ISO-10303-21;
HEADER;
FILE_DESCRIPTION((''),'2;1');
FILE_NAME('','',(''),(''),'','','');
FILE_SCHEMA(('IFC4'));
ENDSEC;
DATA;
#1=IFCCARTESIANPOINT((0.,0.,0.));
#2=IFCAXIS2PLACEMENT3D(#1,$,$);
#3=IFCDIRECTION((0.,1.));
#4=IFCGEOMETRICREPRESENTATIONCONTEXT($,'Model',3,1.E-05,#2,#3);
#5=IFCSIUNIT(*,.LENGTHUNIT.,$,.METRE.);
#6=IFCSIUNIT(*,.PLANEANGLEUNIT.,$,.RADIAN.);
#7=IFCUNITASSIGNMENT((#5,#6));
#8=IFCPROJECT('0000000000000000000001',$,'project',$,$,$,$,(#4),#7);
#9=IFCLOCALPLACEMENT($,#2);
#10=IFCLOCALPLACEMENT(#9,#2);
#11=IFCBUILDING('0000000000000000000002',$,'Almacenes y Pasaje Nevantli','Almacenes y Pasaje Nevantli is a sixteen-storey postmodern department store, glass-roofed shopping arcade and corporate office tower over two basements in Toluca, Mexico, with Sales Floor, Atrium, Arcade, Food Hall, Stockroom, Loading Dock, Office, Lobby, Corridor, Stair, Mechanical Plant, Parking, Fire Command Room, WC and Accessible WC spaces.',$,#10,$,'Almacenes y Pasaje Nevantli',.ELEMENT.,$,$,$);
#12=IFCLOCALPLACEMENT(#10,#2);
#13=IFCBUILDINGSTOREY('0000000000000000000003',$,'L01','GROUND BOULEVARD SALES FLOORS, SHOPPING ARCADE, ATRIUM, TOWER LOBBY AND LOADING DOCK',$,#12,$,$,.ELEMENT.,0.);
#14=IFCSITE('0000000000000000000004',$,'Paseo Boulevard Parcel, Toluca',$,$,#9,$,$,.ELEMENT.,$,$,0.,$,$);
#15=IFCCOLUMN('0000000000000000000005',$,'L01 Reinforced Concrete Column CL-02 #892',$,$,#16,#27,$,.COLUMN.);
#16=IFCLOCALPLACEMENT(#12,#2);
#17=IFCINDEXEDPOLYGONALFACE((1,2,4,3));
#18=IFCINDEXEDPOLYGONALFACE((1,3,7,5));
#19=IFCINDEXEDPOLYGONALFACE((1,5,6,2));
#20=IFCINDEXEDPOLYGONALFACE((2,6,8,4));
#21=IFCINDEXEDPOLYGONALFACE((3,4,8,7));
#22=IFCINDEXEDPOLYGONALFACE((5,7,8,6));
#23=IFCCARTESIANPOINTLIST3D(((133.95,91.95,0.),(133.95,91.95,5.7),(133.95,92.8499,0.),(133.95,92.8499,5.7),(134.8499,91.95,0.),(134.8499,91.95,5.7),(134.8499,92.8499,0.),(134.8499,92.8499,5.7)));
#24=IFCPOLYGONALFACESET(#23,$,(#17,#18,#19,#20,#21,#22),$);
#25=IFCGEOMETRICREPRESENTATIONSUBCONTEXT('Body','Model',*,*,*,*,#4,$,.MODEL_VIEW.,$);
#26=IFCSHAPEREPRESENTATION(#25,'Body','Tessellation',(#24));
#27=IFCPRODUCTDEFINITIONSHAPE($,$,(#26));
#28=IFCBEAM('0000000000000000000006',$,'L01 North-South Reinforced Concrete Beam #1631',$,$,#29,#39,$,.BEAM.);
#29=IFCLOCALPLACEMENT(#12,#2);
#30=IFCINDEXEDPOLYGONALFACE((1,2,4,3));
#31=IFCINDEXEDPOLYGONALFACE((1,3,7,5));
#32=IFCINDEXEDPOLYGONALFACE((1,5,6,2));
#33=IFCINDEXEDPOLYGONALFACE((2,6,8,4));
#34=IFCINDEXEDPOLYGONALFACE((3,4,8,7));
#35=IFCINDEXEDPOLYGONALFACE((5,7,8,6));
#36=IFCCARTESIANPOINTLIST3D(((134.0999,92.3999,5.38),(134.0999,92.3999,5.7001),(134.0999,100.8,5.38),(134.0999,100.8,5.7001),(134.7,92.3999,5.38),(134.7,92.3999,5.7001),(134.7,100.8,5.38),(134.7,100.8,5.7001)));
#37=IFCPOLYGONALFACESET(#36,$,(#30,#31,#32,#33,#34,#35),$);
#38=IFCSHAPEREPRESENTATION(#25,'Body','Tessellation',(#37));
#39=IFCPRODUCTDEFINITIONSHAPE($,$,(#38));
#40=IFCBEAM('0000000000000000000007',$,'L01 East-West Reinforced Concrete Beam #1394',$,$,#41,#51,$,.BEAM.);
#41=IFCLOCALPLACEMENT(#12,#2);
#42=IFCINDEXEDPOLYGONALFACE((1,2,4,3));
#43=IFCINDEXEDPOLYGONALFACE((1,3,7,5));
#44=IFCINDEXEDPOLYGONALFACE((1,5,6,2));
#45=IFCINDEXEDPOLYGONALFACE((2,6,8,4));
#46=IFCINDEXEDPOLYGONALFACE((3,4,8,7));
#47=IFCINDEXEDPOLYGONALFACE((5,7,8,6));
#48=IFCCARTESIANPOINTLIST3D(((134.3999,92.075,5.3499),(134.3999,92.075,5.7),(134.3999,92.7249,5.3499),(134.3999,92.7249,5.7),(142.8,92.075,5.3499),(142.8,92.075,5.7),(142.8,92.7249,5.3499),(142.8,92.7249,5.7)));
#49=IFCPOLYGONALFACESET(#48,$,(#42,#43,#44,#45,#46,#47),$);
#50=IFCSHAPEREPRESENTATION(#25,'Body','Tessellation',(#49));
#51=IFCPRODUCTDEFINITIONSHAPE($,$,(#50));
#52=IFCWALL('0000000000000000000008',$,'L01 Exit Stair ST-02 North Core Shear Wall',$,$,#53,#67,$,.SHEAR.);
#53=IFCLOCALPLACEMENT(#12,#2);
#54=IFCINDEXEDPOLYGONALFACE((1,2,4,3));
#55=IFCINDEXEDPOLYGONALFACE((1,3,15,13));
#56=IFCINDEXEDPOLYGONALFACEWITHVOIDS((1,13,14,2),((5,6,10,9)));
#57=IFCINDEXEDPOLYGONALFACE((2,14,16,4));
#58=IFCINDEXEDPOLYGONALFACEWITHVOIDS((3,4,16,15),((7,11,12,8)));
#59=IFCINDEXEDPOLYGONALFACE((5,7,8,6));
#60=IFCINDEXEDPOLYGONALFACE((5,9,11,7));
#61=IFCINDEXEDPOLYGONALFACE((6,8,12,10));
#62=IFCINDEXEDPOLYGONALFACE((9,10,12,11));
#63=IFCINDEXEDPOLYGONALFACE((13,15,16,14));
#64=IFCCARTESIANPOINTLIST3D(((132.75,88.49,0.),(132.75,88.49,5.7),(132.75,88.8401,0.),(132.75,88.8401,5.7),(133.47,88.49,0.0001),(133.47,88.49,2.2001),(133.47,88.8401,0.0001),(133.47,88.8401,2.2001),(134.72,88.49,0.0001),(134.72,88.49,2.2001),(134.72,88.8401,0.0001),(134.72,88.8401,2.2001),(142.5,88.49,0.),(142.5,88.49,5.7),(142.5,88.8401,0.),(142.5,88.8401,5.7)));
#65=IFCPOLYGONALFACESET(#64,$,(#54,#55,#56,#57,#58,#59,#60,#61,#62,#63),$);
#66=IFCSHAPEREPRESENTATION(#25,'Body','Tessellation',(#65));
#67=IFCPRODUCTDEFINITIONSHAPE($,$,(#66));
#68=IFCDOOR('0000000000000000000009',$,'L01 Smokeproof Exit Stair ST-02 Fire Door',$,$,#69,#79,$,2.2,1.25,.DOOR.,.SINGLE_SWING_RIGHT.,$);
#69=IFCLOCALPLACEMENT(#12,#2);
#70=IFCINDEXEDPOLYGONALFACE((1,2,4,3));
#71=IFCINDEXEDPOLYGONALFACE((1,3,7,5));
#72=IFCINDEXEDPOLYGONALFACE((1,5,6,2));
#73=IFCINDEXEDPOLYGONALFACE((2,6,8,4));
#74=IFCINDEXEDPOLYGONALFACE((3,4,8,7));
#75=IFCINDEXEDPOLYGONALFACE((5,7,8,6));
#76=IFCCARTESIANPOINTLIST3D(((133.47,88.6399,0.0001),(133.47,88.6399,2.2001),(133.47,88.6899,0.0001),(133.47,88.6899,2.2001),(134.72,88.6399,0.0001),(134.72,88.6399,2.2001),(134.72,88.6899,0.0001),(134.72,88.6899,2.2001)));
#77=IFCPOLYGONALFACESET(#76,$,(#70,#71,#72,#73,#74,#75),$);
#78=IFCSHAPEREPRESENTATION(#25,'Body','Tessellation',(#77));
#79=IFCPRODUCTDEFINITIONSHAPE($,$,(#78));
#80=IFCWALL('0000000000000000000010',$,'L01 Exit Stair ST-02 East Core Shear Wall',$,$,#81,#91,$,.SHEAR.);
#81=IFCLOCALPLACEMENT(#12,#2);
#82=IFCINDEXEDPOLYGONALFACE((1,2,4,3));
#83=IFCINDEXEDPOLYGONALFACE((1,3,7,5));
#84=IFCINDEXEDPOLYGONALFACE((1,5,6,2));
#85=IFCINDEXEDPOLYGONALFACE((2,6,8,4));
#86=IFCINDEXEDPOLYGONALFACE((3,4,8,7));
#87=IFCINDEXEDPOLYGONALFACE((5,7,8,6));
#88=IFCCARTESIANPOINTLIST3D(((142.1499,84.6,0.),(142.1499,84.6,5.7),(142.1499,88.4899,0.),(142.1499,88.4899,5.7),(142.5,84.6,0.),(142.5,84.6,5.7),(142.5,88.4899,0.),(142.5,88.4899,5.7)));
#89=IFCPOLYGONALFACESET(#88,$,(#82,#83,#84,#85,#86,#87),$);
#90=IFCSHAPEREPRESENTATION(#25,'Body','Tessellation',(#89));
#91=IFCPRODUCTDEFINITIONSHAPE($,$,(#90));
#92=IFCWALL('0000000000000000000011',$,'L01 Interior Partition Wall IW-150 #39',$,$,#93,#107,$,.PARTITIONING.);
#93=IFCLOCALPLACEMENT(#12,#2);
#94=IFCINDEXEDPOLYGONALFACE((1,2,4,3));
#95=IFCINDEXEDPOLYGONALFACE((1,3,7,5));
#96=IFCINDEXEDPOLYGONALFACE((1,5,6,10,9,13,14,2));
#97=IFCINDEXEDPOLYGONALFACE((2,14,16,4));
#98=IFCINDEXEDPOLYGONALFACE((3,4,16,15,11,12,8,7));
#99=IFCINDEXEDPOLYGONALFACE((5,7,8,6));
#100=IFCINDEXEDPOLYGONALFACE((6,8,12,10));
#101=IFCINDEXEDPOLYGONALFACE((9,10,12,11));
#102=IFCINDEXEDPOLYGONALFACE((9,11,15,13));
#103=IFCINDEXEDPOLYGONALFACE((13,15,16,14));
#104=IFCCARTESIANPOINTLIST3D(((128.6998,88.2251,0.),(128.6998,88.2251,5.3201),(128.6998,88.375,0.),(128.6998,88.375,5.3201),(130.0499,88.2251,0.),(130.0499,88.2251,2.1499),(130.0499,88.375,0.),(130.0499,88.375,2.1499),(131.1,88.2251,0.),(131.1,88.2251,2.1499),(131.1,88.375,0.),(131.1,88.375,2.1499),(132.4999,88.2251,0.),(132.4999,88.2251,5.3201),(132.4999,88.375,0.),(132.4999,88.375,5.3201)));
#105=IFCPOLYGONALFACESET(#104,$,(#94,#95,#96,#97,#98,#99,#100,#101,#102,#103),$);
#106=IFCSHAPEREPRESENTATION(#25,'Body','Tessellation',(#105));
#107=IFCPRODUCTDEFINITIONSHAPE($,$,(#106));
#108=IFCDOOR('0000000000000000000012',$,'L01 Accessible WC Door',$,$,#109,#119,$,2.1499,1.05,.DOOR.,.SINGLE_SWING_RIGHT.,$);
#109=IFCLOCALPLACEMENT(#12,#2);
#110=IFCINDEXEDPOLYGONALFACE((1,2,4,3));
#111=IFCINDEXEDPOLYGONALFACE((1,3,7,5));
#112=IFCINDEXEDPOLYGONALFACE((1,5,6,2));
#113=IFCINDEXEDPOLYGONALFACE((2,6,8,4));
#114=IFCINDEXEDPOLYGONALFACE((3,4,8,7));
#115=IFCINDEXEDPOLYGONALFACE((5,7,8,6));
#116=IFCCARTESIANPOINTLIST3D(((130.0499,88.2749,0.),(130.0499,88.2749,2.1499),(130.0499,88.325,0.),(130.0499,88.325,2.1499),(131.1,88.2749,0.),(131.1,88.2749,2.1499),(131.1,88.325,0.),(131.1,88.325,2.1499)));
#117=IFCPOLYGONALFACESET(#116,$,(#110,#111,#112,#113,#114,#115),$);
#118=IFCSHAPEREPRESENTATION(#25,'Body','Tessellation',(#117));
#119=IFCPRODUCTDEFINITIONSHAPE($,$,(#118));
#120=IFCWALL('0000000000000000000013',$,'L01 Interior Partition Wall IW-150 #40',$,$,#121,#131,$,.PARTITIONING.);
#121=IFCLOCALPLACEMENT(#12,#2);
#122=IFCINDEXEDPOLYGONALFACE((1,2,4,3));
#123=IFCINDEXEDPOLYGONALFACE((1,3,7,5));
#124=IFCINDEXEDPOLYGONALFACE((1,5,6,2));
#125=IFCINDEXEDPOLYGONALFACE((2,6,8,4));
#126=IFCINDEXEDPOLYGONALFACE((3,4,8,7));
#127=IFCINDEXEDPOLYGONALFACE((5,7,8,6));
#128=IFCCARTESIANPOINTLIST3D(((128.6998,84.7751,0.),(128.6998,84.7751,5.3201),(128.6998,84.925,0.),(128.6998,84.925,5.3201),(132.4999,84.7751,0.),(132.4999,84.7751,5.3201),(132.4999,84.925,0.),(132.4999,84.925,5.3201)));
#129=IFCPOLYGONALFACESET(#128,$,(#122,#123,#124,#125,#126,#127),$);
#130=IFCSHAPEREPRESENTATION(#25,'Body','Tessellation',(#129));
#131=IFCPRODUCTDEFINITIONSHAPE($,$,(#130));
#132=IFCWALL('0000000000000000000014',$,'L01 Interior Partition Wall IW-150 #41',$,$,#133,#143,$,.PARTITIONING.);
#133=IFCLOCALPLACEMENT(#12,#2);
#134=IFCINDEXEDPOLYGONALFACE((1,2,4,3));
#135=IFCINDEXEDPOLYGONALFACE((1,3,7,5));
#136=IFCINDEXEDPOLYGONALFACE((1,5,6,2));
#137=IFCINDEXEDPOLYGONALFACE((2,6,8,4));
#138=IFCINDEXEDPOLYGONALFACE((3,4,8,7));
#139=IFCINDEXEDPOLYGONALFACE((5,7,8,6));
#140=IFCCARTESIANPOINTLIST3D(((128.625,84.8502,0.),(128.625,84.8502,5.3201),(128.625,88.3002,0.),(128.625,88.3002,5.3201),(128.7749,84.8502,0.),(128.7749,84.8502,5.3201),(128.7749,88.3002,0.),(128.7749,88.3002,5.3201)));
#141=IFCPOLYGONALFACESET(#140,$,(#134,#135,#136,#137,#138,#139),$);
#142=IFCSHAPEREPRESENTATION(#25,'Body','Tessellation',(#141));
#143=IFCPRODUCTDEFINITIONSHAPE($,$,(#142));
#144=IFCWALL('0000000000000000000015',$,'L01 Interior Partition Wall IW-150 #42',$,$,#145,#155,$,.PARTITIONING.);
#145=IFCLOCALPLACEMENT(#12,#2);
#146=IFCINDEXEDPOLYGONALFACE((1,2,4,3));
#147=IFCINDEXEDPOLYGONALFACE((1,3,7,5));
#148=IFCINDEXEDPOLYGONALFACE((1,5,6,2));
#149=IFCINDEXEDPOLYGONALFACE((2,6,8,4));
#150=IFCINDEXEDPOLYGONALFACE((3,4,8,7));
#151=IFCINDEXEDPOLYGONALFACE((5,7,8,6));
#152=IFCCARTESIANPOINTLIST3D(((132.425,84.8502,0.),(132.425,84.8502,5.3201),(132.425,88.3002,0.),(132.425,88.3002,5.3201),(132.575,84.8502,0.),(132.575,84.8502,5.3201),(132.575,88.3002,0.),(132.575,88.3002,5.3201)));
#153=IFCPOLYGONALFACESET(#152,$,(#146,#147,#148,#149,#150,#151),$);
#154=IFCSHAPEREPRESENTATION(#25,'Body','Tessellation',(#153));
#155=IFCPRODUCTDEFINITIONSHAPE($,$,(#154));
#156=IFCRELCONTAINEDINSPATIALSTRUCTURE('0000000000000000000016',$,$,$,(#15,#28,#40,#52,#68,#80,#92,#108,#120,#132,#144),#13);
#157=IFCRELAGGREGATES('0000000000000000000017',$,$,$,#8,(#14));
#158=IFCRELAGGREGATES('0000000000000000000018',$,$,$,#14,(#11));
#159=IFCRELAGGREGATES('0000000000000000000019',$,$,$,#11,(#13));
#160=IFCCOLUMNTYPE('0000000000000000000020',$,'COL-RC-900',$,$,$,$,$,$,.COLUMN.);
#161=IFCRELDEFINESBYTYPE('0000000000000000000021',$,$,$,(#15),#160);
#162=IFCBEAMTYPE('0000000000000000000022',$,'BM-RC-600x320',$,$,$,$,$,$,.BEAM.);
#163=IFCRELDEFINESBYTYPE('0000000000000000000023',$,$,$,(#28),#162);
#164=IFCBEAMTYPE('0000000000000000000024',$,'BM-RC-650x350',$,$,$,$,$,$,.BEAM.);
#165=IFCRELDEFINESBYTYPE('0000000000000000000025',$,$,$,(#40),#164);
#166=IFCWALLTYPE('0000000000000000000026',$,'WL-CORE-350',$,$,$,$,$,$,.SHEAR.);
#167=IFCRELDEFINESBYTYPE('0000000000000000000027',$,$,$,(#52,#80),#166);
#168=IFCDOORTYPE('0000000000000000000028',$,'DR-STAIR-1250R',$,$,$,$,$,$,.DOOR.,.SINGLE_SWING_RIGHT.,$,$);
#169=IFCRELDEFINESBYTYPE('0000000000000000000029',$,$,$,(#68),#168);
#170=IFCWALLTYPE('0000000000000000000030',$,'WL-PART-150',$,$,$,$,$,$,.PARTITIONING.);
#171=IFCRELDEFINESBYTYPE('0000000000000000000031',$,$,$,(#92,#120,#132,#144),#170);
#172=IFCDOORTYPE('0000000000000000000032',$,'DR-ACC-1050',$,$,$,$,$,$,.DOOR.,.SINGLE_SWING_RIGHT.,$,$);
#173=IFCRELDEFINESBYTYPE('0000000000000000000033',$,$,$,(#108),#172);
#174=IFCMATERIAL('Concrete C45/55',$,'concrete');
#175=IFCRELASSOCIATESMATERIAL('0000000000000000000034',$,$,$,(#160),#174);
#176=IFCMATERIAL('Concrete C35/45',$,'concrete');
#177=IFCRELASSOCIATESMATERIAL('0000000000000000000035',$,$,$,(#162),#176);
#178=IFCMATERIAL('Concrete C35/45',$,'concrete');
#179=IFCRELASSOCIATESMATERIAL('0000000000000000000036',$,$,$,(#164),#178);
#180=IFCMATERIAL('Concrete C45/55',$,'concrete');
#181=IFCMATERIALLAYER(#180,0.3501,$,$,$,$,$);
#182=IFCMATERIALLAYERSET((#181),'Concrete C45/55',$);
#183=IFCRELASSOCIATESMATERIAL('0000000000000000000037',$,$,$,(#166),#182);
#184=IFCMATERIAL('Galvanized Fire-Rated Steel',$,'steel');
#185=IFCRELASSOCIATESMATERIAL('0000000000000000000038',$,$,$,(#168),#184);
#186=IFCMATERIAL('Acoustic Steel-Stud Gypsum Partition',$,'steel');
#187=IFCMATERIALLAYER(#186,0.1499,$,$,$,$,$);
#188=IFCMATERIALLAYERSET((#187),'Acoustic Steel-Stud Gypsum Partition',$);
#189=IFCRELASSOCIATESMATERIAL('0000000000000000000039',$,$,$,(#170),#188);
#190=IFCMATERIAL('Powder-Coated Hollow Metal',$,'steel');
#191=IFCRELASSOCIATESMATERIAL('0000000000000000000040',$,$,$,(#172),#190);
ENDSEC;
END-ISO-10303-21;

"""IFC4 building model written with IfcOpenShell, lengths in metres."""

from ifc_helpers import new_model, si_unit, direction, frame, frame_2d, origin, origin_2d, place, context, subcontext, project, spatial, rectangle, extrude, material, layer, layer_set, material_profile, profile_set, type_object, element, fill, save


model = new_model("IFC4")

# Units and contexts
model_context = context("Model", 3, precision=1e-05, world=origin(), true_north=direction((0.0, 1.0)))
body_context = subcontext(model_context, "Body", "Model", "MODEL_VIEW")
ifc_project = project(units=[si_unit("LENGTHUNIT", "METRE"), si_unit("PLANEANGLEUNIT", "RADIAN")], contexts=[model_context])

# Site, building, storey
site_placement = place(None, origin())
site = spatial("IfcSite", under=ifc_project, at=site_placement, Name="Paseo Boulevard Parcel, Toluca", CompositionType="ELEMENT", RefElevation=0.0)
building_placement = place(site_placement, origin())
building = spatial("IfcBuilding", under=site, at=building_placement, Name="Almacenes y Pasaje Nevantli", Description="Almacenes y Pasaje Nevantli is a sixteen-storey postmodern department store, glass-roofed shopping arcade and corporate office tower over two basements in Toluca, Mexico, with Sales Floor, Atrium, Arcade, Food Hall, Stockroom, Loading Dock, Office, Lobby, Corridor, Stair, Mechanical Plant, Parking, Fire Command Room, WC and Accessible WC spaces.", LongName="Almacenes y Pasaje Nevantli", CompositionType="ELEMENT")
storey_placement = place(building_placement, origin())
storey = spatial("IfcBuildingStorey", under=building, at=storey_placement, Name="L01", Description="GROUND BOULEVARD SALES FLOORS, SHOPPING ARCADE, ATRIUM, TOWER LOBBY AND LOADING DOCK", CompositionType="ELEMENT", Elevation=0.0)

# Column
ifc_material_1 = material(Name="Concrete C45/55", Category="concrete")
ifc_material_profile_1 = material_profile(ifc_material_1, rectangle(XDim=0.8999, YDim=0.8999, at=origin_2d()), Name="RC-COL-900x900")
ifc_profile_set_1 = profile_set([ifc_material_profile_1], Name="Concrete C45/55")
column_type = type_object("IfcColumnType", Name="COL-RC-900", PredefinedType="COLUMN", material=ifc_profile_set_1)
column_placement = place(storey_placement, frame((134.3999, 92.3999, 0.0), z_axis=(0.0, 0.0, 1.0), x_axis=(1.0, 0.0, 0.0)))
element("IfcColumn", 1, at=column_placement, inside=storey, type_object=column_type, Name="L01 Reinforced Concrete Column CL-02 #892", PredefinedType="COLUMN", context=body_context, shape_type="SweptSolid", body=[
    extrude(rectangle(XDim=0.8999, YDim=0.8999, at=origin_2d()), origin(), (0.0, 0.0, 1.0), 5.7),
])

# Beams
ifc_material_2 = material(Name="Concrete C35/45", Category="concrete")
ifc_material_profile_2 = material_profile(ifc_material_2, rectangle(XDim=0.6001, YDim=0.3201, at=origin_2d()), Name="RC-BM-600x320")
ifc_profile_set_2 = profile_set([ifc_material_profile_2], Name="Concrete C35/45")
beam_type_1 = type_object("IfcBeamType", Name="BM-RC-600x320", PredefinedType="BEAM", material=ifc_profile_set_2)
beam_1_placement = place(storey_placement, frame((134.3999, 92.3999, 5.54), z_axis=(0.0, 1.0, 0.0), x_axis=(-1.0, 0.0, 0.0)))
element("IfcBeam", 2, at=beam_1_placement, inside=storey, type_object=beam_type_1, Name="L01 North-South Reinforced Concrete Beam #1631", PredefinedType="BEAM", context=body_context, shape_type="SweptSolid", body=[
    extrude(rectangle(XDim=0.6001, YDim=0.3201, at=origin_2d()), origin(), (0.0, 0.0, 1.0), 8.4001),
])
ifc_material_3 = material(Name="Concrete C35/45", Category="concrete")
ifc_material_profile_3 = material_profile(ifc_material_3, rectangle(XDim=0.6499, YDim=0.3501, at=origin_2d()), Name="RC-BM-650x350")
ifc_profile_set_3 = profile_set([ifc_material_profile_3], Name="Concrete C35/45")
beam_type_2 = type_object("IfcBeamType", Name="BM-RC-650x350", PredefinedType="BEAM", material=ifc_profile_set_3)
beam_2_placement = place(storey_placement, frame((134.3999, 92.3999, 5.5249), z_axis=(1.0, 0.0, 0.0), x_axis=(0.0, 1.0, 0.0)))
element("IfcBeam", 3, at=beam_2_placement, inside=storey, type_object=beam_type_2, Name="L01 East-West Reinforced Concrete Beam #1394", PredefinedType="BEAM", context=body_context, shape_type="SweptSolid", body=[
    extrude(rectangle(XDim=0.6499, YDim=0.3501, at=origin_2d()), origin(), (0.0, 0.0, 1.0), 8.4001),
])

# Wall, opening, door
ifc_material_4 = material(Name="Concrete C45/55", Category="concrete")
ifc_layer_1 = layer(ifc_material_4, 0.3501)
ifc_layer_set_1 = layer_set([ifc_layer_1], Name="Concrete C45/55")
wall_type_1 = type_object("IfcWallType", Name="WL-CORE-350", PredefinedType="SHEAR", material=ifc_layer_set_1)
wall_1_placement = place(storey_placement, frame((132.75, 88.665, 0.0), z_axis=(0.0, 0.0, 1.0), x_axis=(1.0, 0.0, 0.0)))
wall_1 = element("IfcWall", 4, at=wall_1_placement, inside=storey, type_object=wall_type_1, Name="L01 Exit Stair ST-02 North Core Shear Wall", PredefinedType="SHEAR", context=body_context, shape_type="SweptSolid", body=[
    extrude(rectangle(XDim=9.75, YDim=0.3501, at=frame_2d((4.875, 0.0))), origin(), (0.0, 0.0, 1.0), 5.7),
])
opening_1_placement = place(wall_1_placement, frame((0.72, 0.0, 0.0)))
opening_1 = element("IfcOpeningElement", 5, at=opening_1_placement, cuts=wall_1, PredefinedType="OPENING", context=body_context, shape_type="SweptSolid", body=[
    extrude(rectangle(XDim=1.25, YDim=2.2, at=frame_2d((0.625, 1.1001))), frame((0.0, 0.1851, 0.0), z_axis=(0.0, -1.0, 0.0), x_axis=(1.0, 0.0, 0.0)), (0.0, 0.0, 1.0), 0.3701),
])
ifc_material_5 = material(Name="Galvanized Fire-Rated Steel", Category="steel")
door_type_1 = type_object("IfcDoorType", Name="DR-STAIR-1250R", OperationType="SINGLE_SWING_RIGHT", PredefinedType="DOOR", material=ifc_material_5)
door_1_placement = place(opening_1_placement, origin())
door_1 = element("IfcDoor", 6, at=door_1_placement, inside=storey, type_object=door_type_1, Name="L01 Smokeproof Exit Stair ST-02 Fire Door", OperationType="SINGLE_SWING_RIGHT", OverallHeight=2.2, OverallWidth=1.25, PredefinedType="DOOR", context=body_context, shape_type="SweptSolid", body=[
    extrude(rectangle(XDim=1.25, YDim=2.2, at=frame_2d((0.625, 1.1001))), frame((0.0, 0.0249, 0.0), z_axis=(0.0, -1.0, 0.0), x_axis=(1.0, 0.0, 0.0)), (0.0, 0.0, 1.0), 0.05),
])
fill(opening_1, door_1)

# Wall
wall_2_placement = place(storey_placement, frame((142.325, 84.6001, 0.0), z_axis=(0.0, 0.0, 1.0), x_axis=(0.0, 1.0, 0.0)))
element("IfcWall", 7, at=wall_2_placement, inside=storey, type_object=wall_type_1, Name="L01 Exit Stair ST-02 East Core Shear Wall", PredefinedType="SHEAR", context=body_context, shape_type="SweptSolid", body=[
    extrude(rectangle(XDim=3.8899, YDim=0.3501, at=frame_2d((1.9448, 0.0))), origin(), (0.0, 0.0, 1.0), 5.7),
])

# Wall, opening, door
ifc_material_6 = material(Name="Acoustic Steel-Stud Gypsum Partition", Category="steel")
ifc_layer_2 = layer(ifc_material_6, 0.1499)
ifc_layer_set_2 = layer_set([ifc_layer_2], Name="Acoustic Steel-Stud Gypsum Partition")
wall_type_2 = type_object("IfcWallType", Name="WL-PART-150", PredefinedType="PARTITIONING", material=ifc_layer_set_2)
wall_3_placement = place(storey_placement, frame((128.7, 88.3, 0.0), z_axis=(0.0, 0.0, 1.0), x_axis=(1.0, 0.0, 0.0)))
wall_3 = element("IfcWall", 8, at=wall_3_placement, inside=storey, type_object=wall_type_2, Name="L01 Interior Partition Wall IW-150 #39", PredefinedType="PARTITIONING", context=body_context, shape_type="SweptSolid", body=[
    extrude(rectangle(XDim=3.8, YDim=0.1499, at=frame_2d((1.8999, 0.0))), origin(), (0.0, 0.0, 1.0), 5.3201),
])
opening_2_placement = place(wall_3_placement, frame((1.3501, 0.0, 0.0)))
opening_2 = element("IfcOpeningElement", 9, at=opening_2_placement, cuts=wall_3, PredefinedType="OPENING", context=body_context, shape_type="SweptSolid", body=[
    extrude(rectangle(XDim=1.05, YDim=2.1499, at=frame_2d((0.5249, 1.075))), frame((0.0, 0.085, 0.0), z_axis=(0.0, -1.0, 0.0), x_axis=(1.0, 0.0, 0.0)), (0.0, 0.0, 1.0), 0.1699),
])
ifc_material_7 = material(Name="Powder-Coated Hollow Metal", Category="steel")
door_type_2 = type_object("IfcDoorType", Name="DR-ACC-1050", OperationType="SINGLE_SWING_RIGHT", PredefinedType="DOOR", material=ifc_material_7)
door_2_placement = place(opening_2_placement, origin())
door_2 = element("IfcDoor", 10, at=door_2_placement, inside=storey, type_object=door_type_2, Name="L01 Accessible WC Door", OperationType="SINGLE_SWING_RIGHT", OverallHeight=2.1499, OverallWidth=1.05, PredefinedType="DOOR", context=body_context, shape_type="SweptSolid", body=[
    extrude(rectangle(XDim=1.05, YDim=2.1499, at=frame_2d((0.5249, 1.075))), frame((0.0, 0.0249, 0.0), z_axis=(0.0, -1.0, 0.0), x_axis=(1.0, 0.0, 0.0)), (0.0, 0.0, 1.0), 0.05),
])
fill(opening_2, door_2)

# Walls
wall_4_placement = place(storey_placement, frame((128.7, 84.8501, 0.0), z_axis=(0.0, 0.0, 1.0), x_axis=(1.0, 0.0, 0.0)))
element("IfcWall", 11, at=wall_4_placement, inside=storey, type_object=wall_type_2, Name="L01 Interior Partition Wall IW-150 #40", PredefinedType="PARTITIONING", context=body_context, shape_type="SweptSolid", body=[
    extrude(rectangle(XDim=3.8, YDim=0.1499, at=frame_2d((1.8999, 0.0))), origin(), (0.0, 0.0, 1.0), 5.3201),
])
for number, where, z_axis, x_axis, name in (
    (12, (128.7, 84.8501, 0.0), (0.0, 0.0, 1.0), (0.0, 1.0, 0.0), "L01 Interior Partition Wall IW-150 #41"),
    (13, (132.5, 84.8501, 0.0), (0.0, 0.0, 1.0), (0.0, 1.0, 0.0), "L01 Interior Partition Wall IW-150 #42"),
):
    element("IfcWall", number, at=place(storey_placement, frame(where, z_axis=z_axis, x_axis=x_axis)), inside=storey, type_object=wall_type_2, Name=name, PredefinedType="PARTITIONING", context=body_context, shape_type="SweptSolid", body=[
        extrude(rectangle(XDim=3.45, YDim=0.1499, at=frame_2d((1.7251, 0.0))), origin(), (0.0, 0.0, 1.0), 5.3201),
    ])

save(model, "model.ifc")
